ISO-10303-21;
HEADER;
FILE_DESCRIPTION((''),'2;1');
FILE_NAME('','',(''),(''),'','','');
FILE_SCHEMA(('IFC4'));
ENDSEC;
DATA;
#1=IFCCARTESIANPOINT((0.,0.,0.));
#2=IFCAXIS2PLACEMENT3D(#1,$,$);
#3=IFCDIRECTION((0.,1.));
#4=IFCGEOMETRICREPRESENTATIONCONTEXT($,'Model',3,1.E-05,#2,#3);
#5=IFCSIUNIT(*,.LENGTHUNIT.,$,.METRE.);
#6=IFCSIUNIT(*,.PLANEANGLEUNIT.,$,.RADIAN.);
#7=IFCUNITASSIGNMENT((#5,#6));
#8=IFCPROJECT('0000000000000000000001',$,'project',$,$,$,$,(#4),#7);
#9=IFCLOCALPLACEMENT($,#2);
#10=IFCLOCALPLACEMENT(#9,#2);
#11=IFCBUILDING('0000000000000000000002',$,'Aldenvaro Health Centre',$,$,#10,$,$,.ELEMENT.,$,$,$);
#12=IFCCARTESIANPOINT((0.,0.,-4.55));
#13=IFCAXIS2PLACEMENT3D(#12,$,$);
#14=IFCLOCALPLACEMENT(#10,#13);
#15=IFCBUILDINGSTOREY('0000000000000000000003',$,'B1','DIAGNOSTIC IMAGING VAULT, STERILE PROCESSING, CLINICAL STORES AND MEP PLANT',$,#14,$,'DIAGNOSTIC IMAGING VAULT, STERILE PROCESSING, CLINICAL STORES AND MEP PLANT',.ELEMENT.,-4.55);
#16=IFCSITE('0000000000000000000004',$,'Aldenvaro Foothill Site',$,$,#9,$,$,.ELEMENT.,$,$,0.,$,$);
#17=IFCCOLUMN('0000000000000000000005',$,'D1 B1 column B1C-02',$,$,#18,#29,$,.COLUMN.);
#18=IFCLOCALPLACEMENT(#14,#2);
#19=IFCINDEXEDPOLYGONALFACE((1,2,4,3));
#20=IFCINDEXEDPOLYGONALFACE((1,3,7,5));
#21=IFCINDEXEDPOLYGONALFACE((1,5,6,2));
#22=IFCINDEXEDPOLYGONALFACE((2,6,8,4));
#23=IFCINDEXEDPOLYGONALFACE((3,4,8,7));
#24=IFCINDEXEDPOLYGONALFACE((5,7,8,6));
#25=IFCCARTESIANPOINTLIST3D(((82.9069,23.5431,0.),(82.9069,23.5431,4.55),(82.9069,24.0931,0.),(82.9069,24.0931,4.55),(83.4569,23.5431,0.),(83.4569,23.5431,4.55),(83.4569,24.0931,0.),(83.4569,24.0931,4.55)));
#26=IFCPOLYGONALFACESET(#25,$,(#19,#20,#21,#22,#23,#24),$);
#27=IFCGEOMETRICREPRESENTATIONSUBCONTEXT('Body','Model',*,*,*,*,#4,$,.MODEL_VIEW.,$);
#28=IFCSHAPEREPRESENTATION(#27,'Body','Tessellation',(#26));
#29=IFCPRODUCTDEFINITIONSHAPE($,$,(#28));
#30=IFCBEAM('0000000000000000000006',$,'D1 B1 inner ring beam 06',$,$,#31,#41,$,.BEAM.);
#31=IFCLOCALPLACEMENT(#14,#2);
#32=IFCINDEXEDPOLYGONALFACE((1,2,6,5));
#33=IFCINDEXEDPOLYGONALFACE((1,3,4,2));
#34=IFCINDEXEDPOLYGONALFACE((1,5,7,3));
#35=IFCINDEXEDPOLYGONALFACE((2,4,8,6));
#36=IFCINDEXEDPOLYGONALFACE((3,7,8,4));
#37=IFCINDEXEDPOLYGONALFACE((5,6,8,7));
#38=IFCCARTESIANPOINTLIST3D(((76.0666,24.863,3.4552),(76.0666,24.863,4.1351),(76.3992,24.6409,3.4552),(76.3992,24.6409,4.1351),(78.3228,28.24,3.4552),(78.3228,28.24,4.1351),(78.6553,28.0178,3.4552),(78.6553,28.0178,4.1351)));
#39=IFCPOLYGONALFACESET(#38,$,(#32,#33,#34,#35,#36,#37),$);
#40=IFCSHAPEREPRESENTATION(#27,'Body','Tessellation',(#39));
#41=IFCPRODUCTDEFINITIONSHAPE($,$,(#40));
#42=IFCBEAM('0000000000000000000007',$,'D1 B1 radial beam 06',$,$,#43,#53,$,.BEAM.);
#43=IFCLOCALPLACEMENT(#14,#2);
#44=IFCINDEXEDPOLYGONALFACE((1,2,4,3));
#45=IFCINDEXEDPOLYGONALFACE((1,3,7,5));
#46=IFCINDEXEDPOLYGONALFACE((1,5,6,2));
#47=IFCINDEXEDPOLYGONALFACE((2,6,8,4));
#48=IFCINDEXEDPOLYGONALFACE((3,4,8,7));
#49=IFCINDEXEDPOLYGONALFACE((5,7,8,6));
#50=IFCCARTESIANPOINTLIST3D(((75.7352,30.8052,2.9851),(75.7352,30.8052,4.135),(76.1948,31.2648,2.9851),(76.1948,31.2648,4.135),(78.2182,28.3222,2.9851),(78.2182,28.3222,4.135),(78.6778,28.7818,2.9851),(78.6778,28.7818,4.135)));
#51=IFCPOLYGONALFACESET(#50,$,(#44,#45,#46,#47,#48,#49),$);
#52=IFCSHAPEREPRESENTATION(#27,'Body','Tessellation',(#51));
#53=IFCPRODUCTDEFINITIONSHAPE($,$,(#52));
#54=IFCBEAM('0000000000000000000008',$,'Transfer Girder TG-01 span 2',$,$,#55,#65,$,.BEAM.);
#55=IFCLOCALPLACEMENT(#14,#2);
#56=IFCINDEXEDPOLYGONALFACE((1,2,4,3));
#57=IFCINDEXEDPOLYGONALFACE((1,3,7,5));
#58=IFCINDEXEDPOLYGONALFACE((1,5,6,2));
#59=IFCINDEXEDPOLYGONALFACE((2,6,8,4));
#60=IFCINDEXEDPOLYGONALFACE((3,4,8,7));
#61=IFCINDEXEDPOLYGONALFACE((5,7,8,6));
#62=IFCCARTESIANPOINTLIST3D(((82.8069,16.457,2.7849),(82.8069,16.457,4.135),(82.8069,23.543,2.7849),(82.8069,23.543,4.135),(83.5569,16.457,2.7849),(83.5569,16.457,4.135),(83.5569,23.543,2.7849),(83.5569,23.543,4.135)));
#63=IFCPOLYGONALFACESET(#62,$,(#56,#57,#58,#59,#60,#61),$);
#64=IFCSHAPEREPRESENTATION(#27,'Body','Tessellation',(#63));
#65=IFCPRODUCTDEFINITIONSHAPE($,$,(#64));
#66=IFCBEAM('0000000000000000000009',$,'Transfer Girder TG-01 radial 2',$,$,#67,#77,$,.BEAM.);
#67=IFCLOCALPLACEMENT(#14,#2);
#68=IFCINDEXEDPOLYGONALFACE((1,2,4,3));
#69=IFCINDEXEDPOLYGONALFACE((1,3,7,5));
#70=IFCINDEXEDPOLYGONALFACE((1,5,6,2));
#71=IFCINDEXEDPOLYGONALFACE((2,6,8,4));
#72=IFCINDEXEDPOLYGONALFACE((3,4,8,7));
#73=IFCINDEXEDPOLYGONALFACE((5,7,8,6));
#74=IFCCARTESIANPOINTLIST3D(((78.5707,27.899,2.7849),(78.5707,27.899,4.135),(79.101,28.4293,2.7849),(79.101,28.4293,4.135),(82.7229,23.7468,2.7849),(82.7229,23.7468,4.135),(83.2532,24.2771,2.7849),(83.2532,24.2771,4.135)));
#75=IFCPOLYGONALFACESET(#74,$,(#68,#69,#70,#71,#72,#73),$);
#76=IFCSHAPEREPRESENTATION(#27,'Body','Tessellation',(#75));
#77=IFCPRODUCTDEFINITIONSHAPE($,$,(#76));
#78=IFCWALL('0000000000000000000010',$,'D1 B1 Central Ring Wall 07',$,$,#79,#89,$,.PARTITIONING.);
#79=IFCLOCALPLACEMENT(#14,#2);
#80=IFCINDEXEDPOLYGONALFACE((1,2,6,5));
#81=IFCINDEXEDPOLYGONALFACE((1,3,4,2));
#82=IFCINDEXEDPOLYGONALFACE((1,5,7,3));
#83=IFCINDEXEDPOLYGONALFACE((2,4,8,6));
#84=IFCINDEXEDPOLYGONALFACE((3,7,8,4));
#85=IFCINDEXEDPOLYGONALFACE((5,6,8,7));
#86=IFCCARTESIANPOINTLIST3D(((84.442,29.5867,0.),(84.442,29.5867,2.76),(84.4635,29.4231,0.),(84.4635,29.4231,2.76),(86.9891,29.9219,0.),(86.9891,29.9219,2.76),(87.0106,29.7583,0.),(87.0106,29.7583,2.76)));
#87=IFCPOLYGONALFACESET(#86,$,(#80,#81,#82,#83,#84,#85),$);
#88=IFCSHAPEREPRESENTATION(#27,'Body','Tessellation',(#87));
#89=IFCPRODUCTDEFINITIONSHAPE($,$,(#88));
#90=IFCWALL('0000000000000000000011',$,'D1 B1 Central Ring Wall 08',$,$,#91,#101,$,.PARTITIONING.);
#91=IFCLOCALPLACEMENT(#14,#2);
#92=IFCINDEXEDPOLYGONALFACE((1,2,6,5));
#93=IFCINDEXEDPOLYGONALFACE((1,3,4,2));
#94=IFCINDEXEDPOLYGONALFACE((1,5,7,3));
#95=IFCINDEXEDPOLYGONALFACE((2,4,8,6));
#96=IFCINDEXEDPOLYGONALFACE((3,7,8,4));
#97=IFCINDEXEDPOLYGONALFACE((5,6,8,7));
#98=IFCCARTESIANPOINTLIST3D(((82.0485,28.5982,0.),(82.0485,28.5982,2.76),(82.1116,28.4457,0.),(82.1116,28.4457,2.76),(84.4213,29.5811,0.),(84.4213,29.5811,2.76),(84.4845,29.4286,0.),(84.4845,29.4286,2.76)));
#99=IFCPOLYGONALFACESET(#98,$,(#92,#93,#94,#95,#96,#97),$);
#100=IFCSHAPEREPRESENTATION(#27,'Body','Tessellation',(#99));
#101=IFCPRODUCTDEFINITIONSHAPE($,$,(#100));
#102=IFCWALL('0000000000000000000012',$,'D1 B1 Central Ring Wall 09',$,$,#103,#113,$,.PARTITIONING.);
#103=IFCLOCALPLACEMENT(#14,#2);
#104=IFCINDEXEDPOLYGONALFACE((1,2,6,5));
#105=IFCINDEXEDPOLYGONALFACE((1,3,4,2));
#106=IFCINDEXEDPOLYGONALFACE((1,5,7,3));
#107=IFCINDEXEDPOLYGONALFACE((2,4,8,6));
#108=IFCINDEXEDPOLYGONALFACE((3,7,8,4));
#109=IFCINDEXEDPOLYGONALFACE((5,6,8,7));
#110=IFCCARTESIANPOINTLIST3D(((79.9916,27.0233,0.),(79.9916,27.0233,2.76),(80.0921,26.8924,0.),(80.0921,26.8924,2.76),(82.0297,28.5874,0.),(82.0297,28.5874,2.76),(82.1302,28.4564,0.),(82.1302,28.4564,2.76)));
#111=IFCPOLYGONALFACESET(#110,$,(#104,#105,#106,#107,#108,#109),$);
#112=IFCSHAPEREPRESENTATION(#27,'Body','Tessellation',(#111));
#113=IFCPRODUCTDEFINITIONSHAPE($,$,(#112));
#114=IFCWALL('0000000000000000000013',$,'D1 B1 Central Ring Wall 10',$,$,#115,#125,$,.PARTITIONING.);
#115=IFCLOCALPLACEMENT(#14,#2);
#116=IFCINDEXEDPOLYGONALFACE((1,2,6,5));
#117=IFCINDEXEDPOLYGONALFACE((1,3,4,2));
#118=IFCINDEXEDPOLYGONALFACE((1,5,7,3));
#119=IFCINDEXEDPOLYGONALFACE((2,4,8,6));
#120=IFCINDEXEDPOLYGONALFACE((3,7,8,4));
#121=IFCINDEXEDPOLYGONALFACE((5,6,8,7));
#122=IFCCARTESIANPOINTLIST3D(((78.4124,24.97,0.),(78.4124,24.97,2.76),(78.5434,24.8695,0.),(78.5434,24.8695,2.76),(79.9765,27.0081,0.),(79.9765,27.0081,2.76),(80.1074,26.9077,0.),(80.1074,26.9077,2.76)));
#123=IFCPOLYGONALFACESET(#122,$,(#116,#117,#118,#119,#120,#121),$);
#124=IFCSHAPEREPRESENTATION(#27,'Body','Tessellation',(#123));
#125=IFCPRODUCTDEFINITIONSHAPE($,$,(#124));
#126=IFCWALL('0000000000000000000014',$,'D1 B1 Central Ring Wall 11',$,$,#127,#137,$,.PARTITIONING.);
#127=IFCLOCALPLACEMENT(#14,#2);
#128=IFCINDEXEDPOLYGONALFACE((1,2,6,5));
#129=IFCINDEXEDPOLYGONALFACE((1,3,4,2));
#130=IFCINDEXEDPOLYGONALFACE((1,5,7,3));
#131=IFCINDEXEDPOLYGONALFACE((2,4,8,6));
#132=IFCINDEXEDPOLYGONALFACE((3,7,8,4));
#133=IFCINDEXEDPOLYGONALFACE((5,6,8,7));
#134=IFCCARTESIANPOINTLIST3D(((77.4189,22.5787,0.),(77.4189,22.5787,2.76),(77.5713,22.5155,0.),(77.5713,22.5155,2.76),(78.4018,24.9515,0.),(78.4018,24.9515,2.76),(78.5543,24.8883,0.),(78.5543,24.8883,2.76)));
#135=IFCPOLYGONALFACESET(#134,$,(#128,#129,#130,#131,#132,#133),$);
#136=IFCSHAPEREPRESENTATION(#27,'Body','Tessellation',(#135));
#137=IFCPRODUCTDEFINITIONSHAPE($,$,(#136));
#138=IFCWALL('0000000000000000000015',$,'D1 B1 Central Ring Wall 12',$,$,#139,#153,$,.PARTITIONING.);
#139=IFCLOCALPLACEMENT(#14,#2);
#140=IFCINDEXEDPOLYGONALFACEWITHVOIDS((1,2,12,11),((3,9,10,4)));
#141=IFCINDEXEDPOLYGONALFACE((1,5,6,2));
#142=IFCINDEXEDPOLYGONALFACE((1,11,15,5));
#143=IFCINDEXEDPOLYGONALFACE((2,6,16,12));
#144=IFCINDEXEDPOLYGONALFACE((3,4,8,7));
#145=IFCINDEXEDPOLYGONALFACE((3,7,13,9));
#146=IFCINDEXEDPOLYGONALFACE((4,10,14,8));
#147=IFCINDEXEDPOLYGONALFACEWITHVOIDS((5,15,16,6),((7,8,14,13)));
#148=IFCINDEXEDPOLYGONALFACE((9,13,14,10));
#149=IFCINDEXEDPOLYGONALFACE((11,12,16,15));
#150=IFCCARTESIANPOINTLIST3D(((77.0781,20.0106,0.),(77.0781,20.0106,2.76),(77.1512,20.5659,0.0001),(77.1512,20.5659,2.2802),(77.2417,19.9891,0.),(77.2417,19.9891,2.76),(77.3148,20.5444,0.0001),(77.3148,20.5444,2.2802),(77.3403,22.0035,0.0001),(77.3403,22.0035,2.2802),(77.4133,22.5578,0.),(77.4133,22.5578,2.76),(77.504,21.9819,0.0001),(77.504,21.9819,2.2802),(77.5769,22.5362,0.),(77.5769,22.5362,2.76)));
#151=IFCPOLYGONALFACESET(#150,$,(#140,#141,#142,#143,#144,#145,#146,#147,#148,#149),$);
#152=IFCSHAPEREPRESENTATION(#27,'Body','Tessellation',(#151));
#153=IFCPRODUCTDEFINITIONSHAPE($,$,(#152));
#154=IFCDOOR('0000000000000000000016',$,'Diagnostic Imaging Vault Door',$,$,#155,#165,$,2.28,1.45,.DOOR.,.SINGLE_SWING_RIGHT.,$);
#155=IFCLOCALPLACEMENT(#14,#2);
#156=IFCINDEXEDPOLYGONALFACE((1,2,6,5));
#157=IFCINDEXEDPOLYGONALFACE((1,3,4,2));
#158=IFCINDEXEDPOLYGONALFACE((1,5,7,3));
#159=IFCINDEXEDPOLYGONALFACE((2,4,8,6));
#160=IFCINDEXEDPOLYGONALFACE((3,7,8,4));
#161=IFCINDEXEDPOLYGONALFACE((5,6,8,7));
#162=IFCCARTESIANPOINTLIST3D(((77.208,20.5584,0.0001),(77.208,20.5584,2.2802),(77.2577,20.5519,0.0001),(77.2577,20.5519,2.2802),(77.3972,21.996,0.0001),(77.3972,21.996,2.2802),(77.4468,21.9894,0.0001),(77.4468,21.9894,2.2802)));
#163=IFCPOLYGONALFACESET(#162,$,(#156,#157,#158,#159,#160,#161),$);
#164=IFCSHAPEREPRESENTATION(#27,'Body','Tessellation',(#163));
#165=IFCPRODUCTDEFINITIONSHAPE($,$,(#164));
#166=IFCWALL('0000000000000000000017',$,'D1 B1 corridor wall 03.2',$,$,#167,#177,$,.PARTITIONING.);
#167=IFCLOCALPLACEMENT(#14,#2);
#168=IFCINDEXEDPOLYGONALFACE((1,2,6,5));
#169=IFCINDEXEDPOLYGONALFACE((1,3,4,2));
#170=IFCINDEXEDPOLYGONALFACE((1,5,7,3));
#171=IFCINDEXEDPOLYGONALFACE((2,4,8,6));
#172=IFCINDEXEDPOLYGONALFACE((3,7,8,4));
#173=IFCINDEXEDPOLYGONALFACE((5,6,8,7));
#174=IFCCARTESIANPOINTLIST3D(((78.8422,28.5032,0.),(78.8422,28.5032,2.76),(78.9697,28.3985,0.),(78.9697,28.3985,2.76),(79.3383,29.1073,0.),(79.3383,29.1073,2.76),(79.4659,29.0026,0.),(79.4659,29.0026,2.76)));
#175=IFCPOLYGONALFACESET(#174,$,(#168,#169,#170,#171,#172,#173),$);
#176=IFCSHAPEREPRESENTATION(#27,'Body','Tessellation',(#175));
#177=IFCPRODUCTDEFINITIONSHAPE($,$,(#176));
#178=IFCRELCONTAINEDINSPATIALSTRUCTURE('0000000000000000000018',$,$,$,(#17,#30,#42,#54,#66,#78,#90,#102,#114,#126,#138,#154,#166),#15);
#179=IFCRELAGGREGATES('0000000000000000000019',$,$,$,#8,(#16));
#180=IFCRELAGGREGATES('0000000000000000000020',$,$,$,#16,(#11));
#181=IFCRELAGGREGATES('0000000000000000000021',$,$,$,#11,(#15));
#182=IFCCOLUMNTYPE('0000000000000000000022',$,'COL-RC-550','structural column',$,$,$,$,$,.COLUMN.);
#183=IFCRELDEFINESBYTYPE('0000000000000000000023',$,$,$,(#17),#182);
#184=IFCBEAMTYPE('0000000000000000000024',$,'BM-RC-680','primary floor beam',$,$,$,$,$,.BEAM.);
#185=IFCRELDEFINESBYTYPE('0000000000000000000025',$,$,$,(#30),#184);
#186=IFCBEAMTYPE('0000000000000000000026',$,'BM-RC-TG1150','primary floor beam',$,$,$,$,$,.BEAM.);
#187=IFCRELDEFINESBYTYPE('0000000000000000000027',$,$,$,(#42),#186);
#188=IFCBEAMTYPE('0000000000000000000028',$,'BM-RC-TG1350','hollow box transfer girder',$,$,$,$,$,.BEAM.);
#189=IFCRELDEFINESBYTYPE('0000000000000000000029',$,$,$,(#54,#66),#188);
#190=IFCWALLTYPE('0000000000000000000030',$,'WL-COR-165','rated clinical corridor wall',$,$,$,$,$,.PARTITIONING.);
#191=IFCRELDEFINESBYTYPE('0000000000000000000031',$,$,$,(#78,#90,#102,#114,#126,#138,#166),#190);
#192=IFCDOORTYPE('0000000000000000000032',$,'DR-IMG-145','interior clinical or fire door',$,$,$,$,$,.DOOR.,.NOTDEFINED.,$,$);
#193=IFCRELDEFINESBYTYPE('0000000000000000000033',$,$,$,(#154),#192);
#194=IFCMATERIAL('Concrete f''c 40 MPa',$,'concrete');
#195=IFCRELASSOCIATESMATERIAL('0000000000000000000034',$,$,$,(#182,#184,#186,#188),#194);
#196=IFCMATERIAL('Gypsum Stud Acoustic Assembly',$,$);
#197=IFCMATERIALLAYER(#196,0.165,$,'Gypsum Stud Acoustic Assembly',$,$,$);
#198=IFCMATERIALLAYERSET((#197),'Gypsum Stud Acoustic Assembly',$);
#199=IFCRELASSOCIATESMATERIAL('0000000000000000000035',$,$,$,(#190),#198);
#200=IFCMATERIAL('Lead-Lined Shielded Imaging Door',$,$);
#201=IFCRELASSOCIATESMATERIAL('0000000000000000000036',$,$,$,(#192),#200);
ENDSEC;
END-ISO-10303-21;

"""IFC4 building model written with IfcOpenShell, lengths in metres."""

from ifc_helpers import new_model, si_unit, direction, frame, frame_2d, origin, origin_2d, place, context, subcontext, project, spatial, rectangle, extrude, material, layer, layer_set, material_profile, profile_set, type_object, element, fill, save


model = new_model("IFC4")

# Units and contexts
model_context = context("Model", 3, precision=1e-05, world=origin(), true_north=direction((0.0, 1.0)))
body_context = subcontext(model_context, "Body", "Model", "MODEL_VIEW")
ifc_project = project(units=[si_unit("LENGTHUNIT", "METRE"), si_unit("PLANEANGLEUNIT", "RADIAN")], contexts=[model_context])

# Site, building, storey
site_placement = place(None, origin())
site = spatial("IfcSite", under=ifc_project, at=site_placement, Name="Aldenvaro Foothill Site", CompositionType="ELEMENT", RefElevation=0.0)
building_placement = place(site_placement, origin())
building = spatial("IfcBuilding", under=site, at=building_placement, Name="Aldenvaro Health Centre", CompositionType="ELEMENT")
storey_placement = place(building_placement, frame((0.0, 0.0, -4.55)))
storey = spatial("IfcBuildingStorey", under=building, at=storey_placement, Name="B1", Description="DIAGNOSTIC IMAGING VAULT, STERILE PROCESSING, CLINICAL STORES AND MEP PLANT", LongName="DIAGNOSTIC IMAGING VAULT, STERILE PROCESSING, CLINICAL STORES AND MEP PLANT", CompositionType="ELEMENT", Elevation=-4.55)

# Shared definitions
ifc_material_1 = material(Name="Concrete f'c 40 MPa", Category="concrete")

# Column
ifc_material_profile_1 = material_profile(ifc_material_1, rectangle(XDim=0.55, YDim=0.55, at=origin_2d()), Name="RC 550x550", Category="concrete")
ifc_profile_set_1 = profile_set([ifc_material_profile_1], Name="Concrete f'c 40 MPa")
column_type = type_object("IfcColumnType", Name="COL-RC-550", Description="structural column", PredefinedType="COLUMN", material=ifc_profile_set_1)
for number, where, z_axis, x_axis, name in (
    (1, (83.1819, 23.8181, 0.0), (0.0, 0.0, 1.0), (1.0, 0.0, 0.0), "D1 B1 column B1C-02"),
):
    element("IfcColumn", number, at=place(storey_placement, frame(where, z_axis=z_axis, x_axis=x_axis)), inside=storey, type_object=column_type, Name=name, PredefinedType="COLUMN", context=body_context, shape_type="SweptSolid", body=[
        extrude(rectangle(XDim=0.55, YDim=0.55, at=origin_2d()), origin(), (0.0, 0.0, 1.0), 4.55),
    ])

# Beams
ifc_material_profile_2 = material_profile(ifc_material_1, rectangle(XDim=0.3999, YDim=0.6799, at=origin_2d()), Name="RC 400x680", Category="concrete")
ifc_profile_set_2 = profile_set([ifc_material_profile_2], Name="Concrete f'c 40 MPa")
beam_type_1 = type_object("IfcBeamType", Name="BM-RC-680", Description="primary floor beam", PredefinedType="BEAM", material=ifc_profile_set_2)
beam_1_placement = place(storey_placement, frame((78.489, 28.1289, 3.7952), z_axis=(-0.555518, -0.831504, 0.0), x_axis=(0.831504, -0.555518, 0.0)))
element("IfcBeam", 2, at=beam_1_placement, inside=storey, type_object=beam_type_1, Name="D1 B1 inner ring beam 06", PredefinedType="BEAM", context=body_context, shape_type="SweptSolid", body=[
    extrude(rectangle(XDim=0.3999, YDim=0.6799, at=origin_2d()), origin(), (0.0, 0.0, 1.0), 4.0613),
])
ifc_material_profile_3 = material_profile(ifc_material_1, rectangle(XDim=0.6499, YDim=1.1499, at=origin_2d()), Name="RC 650x1150", Category="concrete")
ifc_profile_set_3 = profile_set([ifc_material_profile_3], Name="Concrete f'c 40 MPa")
beam_type_2 = type_object("IfcBeamType", Name="BM-RC-TG1150", Description="primary floor beam", PredefinedType="BEAM", material=ifc_profile_set_3)
beam_2_placement = place(storey_placement, frame((78.448, 28.552, 3.5601), z_axis=(-0.707107, 0.707107, 0.0), x_axis=(-0.707107, -0.707107, 0.0)))
element("IfcBeam", 3, at=beam_2_placement, inside=storey, type_object=beam_type_2, Name="D1 B1 radial beam 06", PredefinedType="BEAM", context=body_context, shape_type="SweptSolid", body=[
    extrude(rectangle(XDim=0.6499, YDim=1.1499, at=origin_2d()), origin(), (0.0, 0.0, 1.0), 3.5115),
])
ifc_material_profile_4 = material_profile(ifc_material_1, rectangle(XDim=0.75, YDim=1.3501, at=origin_2d()), Name="RC 750x1350", Category="concrete")
ifc_profile_set_4 = profile_set([ifc_material_profile_4], Name="Concrete f'c 40 MPa")
beam_type_3 = type_object("IfcBeamType", Name="BM-RC-TG1350", Description="hollow box transfer girder", PredefinedType="BEAM", material=ifc_profile_set_4)
beam_3_placement = place(storey_placement, frame((83.1819, 23.543, 3.46), z_axis=(0.0, -1.0, 0.0), x_axis=(1.0, 0.0, 0.0)))
element("IfcBeam", 4, at=beam_3_placement, inside=storey, type_object=beam_type_3, Name="Transfer Girder TG-01 span 2", PredefinedType="BEAM", context=body_context, shape_type="SweptSolid", body=[
    extrude(rectangle(XDim=0.75, YDim=1.3501, at=origin_2d()), origin(), (0.0, 0.0, 1.0), 7.0859),
])
beam_4_placement = place(storey_placement, frame((82.988, 24.012, 3.46), z_axis=(-0.707107, 0.707107, 0.0), x_axis=(-0.707107, -0.707107, 0.0)))
element("IfcBeam", 5, at=beam_4_placement, inside=storey, type_object=beam_type_3, Name="Transfer Girder TG-01 radial 2", PredefinedType="BEAM", context=body_context, shape_type="SweptSolid", body=[
    extrude(rectangle(XDim=0.75, YDim=1.3501, at=origin_2d()), origin(), (0.0, 0.0, 1.0), 5.8721),
])

# Walls
ifc_material_2 = material(Name="Gypsum Stud Acoustic Assembly")
ifc_layer = layer(ifc_material_2, 0.165, Name="Gypsum Stud Acoustic Assembly")
ifc_layer_set = layer_set([ifc_layer], Name="Gypsum Stud Acoustic Assembly")
wall_type = type_object("IfcWallType", Name="WL-COR-165", Description="rated clinical corridor wall", PredefinedType="PARTITIONING", material=ifc_layer_set)
wall_1_placement = place(storey_placement, frame((87.0, 29.8401, 0.0), z_axis=(0.0, 0.0, 1.0), x_axis=(-0.991451, -0.130477, 0.0)))
element("IfcWall", 6, at=wall_1_placement, inside=storey, type_object=wall_type, Name="D1 B1 Central Ring Wall 07", PredefinedType="PARTITIONING", context=body_context, shape_type="SweptSolid", body=[
    extrude(rectangle(XDim=2.5691, YDim=0.165, at=frame_2d((1.2847, 0.0))), origin(), (0.0, 0.0, 1.0), 2.76),
])
wall_2_placement = place(storey_placement, frame((84.4529, 29.5049, 0.0), z_axis=(0.0, 0.0, 1.0), x_axis=(-0.923871, -0.382704, 0.0)))
element("IfcWall", 7, at=wall_2_placement, inside=storey, type_object=wall_type, Name="D1 B1 Central Ring Wall 08", PredefinedType="PARTITIONING", context=body_context, shape_type="SweptSolid", body=[
    extrude(rectangle(XDim=2.5684, YDim=0.165, at=frame_2d((1.2842, 0.0))), origin(), (0.0, 0.0, 1.0), 2.76),
])
for number, where, z_axis, x_axis, name in (
    (8, (82.0801, 28.522, 0.0), (0.0, 0.0, 1.0), (-0.793337, -0.608783, 0.0), "D1 B1 Central Ring Wall 09"),
    (9, (80.042, 26.958, 0.0), (0.0, 0.0, 1.0), (-0.608783, -0.793337, 0.0), "D1 B1 Central Ring Wall 10"),
):
    element("IfcWall", number, at=place(storey_placement, frame(where, z_axis=z_axis, x_axis=x_axis)), inside=storey, type_object=wall_type, Name=name, PredefinedType="PARTITIONING", context=body_context, shape_type="SweptSolid", body=[
        extrude(rectangle(XDim=2.5691, YDim=0.165, at=frame_2d((1.2847, 0.0))), origin(), (0.0, 0.0, 1.0), 2.76),
    ])
wall_3_placement = place(storey_placement, frame((78.478, 24.9199, 0.0), z_axis=(0.0, 0.0, 1.0), x_axis=(-0.382704, -0.923871, 0.0)))
element("IfcWall", 10, at=wall_3_placement, inside=storey, type_object=wall_type, Name="D1 B1 Central Ring Wall 11", PredefinedType="PARTITIONING", context=body_context, shape_type="SweptSolid", body=[
    extrude(rectangle(XDim=2.5684, YDim=0.165, at=frame_2d((1.2842, 0.0))), origin(), (0.0, 0.0, 1.0), 2.76),
])

# Wall, opening, door
wall_4_placement = place(storey_placement, frame((77.4951, 22.5471, 0.0), z_axis=(0.0, 0.0, 1.0), x_axis=(-0.130477, -0.991451, 0.0)))
wall_4 = element("IfcWall", 11, at=wall_4_placement, inside=storey, type_object=wall_type, Name="D1 B1 Central Ring Wall 12", PredefinedType="PARTITIONING", context=body_context, shape_type="SweptSolid", body=[
    extrude(rectangle(XDim=2.5691, YDim=0.165, at=frame_2d((1.2847, 0.0))), origin(), (0.0, 0.0, 1.0), 2.76),
])
opening_placement = place(wall_4_placement, frame((0.5591, 0.0, 0.0)))
opening = element("IfcOpeningElement", 12, at=opening_placement, cuts=wall_4, PredefinedType="OPENING", context=body_context, shape_type="SweptSolid", body=[
    extrude(rectangle(XDim=1.45, YDim=2.28, at=frame_2d((0.7251, 1.1401))), frame((0.0, 0.0925, 0.0), z_axis=(0.0, -1.0, 0.0), x_axis=(1.0, 0.0, 0.0)), (0.0, 0.0, 1.0), 0.1851),
])
ifc_material_3 = material(Name="Lead-Lined Shielded Imaging Door")
door_type = type_object("IfcDoorType", Name="DR-IMG-145", Description="interior clinical or fire door", OperationType="NOTDEFINED", PredefinedType="DOOR", material=ifc_material_3)
door_placement = place(opening_placement, origin())
door = element("IfcDoor", 13, at=door_placement, inside=storey, type_object=door_type, Name="Diagnostic Imaging Vault Door", OperationType="SINGLE_SWING_RIGHT", OverallHeight=2.28, OverallWidth=1.45, PredefinedType="DOOR", context=body_context, shape_type="SweptSolid", body=[
    extrude(rectangle(XDim=1.45, YDim=2.28, at=frame_2d((0.7251, 1.1401))), frame((0.0, 0.0249, 0.0), z_axis=(0.0, -1.0, 0.0), x_axis=(1.0, 0.0, 0.0)), (0.0, 0.0, 1.0), 0.05),
])
fill(opening, door)

# Wall
wall_5_placement = place(storey_placement, frame((79.4021, 29.0549, 0.0), z_axis=(0.0, 0.0, 1.0), x_axis=(-0.634699, -0.772759, 0.0)))
element("IfcWall", 14, at=wall_5_placement, inside=storey, type_object=wall_type, Name="D1 B1 corridor wall 03.2", PredefinedType="PARTITIONING", context=body_context, shape_type="SweptSolid", body=[
    extrude(rectangle(XDim=0.7817, YDim=0.165, at=frame_2d((0.3909, 0.0))), origin(), (0.0, 0.0, 1.0), 2.76),
])

save(model, "model.ifc")
